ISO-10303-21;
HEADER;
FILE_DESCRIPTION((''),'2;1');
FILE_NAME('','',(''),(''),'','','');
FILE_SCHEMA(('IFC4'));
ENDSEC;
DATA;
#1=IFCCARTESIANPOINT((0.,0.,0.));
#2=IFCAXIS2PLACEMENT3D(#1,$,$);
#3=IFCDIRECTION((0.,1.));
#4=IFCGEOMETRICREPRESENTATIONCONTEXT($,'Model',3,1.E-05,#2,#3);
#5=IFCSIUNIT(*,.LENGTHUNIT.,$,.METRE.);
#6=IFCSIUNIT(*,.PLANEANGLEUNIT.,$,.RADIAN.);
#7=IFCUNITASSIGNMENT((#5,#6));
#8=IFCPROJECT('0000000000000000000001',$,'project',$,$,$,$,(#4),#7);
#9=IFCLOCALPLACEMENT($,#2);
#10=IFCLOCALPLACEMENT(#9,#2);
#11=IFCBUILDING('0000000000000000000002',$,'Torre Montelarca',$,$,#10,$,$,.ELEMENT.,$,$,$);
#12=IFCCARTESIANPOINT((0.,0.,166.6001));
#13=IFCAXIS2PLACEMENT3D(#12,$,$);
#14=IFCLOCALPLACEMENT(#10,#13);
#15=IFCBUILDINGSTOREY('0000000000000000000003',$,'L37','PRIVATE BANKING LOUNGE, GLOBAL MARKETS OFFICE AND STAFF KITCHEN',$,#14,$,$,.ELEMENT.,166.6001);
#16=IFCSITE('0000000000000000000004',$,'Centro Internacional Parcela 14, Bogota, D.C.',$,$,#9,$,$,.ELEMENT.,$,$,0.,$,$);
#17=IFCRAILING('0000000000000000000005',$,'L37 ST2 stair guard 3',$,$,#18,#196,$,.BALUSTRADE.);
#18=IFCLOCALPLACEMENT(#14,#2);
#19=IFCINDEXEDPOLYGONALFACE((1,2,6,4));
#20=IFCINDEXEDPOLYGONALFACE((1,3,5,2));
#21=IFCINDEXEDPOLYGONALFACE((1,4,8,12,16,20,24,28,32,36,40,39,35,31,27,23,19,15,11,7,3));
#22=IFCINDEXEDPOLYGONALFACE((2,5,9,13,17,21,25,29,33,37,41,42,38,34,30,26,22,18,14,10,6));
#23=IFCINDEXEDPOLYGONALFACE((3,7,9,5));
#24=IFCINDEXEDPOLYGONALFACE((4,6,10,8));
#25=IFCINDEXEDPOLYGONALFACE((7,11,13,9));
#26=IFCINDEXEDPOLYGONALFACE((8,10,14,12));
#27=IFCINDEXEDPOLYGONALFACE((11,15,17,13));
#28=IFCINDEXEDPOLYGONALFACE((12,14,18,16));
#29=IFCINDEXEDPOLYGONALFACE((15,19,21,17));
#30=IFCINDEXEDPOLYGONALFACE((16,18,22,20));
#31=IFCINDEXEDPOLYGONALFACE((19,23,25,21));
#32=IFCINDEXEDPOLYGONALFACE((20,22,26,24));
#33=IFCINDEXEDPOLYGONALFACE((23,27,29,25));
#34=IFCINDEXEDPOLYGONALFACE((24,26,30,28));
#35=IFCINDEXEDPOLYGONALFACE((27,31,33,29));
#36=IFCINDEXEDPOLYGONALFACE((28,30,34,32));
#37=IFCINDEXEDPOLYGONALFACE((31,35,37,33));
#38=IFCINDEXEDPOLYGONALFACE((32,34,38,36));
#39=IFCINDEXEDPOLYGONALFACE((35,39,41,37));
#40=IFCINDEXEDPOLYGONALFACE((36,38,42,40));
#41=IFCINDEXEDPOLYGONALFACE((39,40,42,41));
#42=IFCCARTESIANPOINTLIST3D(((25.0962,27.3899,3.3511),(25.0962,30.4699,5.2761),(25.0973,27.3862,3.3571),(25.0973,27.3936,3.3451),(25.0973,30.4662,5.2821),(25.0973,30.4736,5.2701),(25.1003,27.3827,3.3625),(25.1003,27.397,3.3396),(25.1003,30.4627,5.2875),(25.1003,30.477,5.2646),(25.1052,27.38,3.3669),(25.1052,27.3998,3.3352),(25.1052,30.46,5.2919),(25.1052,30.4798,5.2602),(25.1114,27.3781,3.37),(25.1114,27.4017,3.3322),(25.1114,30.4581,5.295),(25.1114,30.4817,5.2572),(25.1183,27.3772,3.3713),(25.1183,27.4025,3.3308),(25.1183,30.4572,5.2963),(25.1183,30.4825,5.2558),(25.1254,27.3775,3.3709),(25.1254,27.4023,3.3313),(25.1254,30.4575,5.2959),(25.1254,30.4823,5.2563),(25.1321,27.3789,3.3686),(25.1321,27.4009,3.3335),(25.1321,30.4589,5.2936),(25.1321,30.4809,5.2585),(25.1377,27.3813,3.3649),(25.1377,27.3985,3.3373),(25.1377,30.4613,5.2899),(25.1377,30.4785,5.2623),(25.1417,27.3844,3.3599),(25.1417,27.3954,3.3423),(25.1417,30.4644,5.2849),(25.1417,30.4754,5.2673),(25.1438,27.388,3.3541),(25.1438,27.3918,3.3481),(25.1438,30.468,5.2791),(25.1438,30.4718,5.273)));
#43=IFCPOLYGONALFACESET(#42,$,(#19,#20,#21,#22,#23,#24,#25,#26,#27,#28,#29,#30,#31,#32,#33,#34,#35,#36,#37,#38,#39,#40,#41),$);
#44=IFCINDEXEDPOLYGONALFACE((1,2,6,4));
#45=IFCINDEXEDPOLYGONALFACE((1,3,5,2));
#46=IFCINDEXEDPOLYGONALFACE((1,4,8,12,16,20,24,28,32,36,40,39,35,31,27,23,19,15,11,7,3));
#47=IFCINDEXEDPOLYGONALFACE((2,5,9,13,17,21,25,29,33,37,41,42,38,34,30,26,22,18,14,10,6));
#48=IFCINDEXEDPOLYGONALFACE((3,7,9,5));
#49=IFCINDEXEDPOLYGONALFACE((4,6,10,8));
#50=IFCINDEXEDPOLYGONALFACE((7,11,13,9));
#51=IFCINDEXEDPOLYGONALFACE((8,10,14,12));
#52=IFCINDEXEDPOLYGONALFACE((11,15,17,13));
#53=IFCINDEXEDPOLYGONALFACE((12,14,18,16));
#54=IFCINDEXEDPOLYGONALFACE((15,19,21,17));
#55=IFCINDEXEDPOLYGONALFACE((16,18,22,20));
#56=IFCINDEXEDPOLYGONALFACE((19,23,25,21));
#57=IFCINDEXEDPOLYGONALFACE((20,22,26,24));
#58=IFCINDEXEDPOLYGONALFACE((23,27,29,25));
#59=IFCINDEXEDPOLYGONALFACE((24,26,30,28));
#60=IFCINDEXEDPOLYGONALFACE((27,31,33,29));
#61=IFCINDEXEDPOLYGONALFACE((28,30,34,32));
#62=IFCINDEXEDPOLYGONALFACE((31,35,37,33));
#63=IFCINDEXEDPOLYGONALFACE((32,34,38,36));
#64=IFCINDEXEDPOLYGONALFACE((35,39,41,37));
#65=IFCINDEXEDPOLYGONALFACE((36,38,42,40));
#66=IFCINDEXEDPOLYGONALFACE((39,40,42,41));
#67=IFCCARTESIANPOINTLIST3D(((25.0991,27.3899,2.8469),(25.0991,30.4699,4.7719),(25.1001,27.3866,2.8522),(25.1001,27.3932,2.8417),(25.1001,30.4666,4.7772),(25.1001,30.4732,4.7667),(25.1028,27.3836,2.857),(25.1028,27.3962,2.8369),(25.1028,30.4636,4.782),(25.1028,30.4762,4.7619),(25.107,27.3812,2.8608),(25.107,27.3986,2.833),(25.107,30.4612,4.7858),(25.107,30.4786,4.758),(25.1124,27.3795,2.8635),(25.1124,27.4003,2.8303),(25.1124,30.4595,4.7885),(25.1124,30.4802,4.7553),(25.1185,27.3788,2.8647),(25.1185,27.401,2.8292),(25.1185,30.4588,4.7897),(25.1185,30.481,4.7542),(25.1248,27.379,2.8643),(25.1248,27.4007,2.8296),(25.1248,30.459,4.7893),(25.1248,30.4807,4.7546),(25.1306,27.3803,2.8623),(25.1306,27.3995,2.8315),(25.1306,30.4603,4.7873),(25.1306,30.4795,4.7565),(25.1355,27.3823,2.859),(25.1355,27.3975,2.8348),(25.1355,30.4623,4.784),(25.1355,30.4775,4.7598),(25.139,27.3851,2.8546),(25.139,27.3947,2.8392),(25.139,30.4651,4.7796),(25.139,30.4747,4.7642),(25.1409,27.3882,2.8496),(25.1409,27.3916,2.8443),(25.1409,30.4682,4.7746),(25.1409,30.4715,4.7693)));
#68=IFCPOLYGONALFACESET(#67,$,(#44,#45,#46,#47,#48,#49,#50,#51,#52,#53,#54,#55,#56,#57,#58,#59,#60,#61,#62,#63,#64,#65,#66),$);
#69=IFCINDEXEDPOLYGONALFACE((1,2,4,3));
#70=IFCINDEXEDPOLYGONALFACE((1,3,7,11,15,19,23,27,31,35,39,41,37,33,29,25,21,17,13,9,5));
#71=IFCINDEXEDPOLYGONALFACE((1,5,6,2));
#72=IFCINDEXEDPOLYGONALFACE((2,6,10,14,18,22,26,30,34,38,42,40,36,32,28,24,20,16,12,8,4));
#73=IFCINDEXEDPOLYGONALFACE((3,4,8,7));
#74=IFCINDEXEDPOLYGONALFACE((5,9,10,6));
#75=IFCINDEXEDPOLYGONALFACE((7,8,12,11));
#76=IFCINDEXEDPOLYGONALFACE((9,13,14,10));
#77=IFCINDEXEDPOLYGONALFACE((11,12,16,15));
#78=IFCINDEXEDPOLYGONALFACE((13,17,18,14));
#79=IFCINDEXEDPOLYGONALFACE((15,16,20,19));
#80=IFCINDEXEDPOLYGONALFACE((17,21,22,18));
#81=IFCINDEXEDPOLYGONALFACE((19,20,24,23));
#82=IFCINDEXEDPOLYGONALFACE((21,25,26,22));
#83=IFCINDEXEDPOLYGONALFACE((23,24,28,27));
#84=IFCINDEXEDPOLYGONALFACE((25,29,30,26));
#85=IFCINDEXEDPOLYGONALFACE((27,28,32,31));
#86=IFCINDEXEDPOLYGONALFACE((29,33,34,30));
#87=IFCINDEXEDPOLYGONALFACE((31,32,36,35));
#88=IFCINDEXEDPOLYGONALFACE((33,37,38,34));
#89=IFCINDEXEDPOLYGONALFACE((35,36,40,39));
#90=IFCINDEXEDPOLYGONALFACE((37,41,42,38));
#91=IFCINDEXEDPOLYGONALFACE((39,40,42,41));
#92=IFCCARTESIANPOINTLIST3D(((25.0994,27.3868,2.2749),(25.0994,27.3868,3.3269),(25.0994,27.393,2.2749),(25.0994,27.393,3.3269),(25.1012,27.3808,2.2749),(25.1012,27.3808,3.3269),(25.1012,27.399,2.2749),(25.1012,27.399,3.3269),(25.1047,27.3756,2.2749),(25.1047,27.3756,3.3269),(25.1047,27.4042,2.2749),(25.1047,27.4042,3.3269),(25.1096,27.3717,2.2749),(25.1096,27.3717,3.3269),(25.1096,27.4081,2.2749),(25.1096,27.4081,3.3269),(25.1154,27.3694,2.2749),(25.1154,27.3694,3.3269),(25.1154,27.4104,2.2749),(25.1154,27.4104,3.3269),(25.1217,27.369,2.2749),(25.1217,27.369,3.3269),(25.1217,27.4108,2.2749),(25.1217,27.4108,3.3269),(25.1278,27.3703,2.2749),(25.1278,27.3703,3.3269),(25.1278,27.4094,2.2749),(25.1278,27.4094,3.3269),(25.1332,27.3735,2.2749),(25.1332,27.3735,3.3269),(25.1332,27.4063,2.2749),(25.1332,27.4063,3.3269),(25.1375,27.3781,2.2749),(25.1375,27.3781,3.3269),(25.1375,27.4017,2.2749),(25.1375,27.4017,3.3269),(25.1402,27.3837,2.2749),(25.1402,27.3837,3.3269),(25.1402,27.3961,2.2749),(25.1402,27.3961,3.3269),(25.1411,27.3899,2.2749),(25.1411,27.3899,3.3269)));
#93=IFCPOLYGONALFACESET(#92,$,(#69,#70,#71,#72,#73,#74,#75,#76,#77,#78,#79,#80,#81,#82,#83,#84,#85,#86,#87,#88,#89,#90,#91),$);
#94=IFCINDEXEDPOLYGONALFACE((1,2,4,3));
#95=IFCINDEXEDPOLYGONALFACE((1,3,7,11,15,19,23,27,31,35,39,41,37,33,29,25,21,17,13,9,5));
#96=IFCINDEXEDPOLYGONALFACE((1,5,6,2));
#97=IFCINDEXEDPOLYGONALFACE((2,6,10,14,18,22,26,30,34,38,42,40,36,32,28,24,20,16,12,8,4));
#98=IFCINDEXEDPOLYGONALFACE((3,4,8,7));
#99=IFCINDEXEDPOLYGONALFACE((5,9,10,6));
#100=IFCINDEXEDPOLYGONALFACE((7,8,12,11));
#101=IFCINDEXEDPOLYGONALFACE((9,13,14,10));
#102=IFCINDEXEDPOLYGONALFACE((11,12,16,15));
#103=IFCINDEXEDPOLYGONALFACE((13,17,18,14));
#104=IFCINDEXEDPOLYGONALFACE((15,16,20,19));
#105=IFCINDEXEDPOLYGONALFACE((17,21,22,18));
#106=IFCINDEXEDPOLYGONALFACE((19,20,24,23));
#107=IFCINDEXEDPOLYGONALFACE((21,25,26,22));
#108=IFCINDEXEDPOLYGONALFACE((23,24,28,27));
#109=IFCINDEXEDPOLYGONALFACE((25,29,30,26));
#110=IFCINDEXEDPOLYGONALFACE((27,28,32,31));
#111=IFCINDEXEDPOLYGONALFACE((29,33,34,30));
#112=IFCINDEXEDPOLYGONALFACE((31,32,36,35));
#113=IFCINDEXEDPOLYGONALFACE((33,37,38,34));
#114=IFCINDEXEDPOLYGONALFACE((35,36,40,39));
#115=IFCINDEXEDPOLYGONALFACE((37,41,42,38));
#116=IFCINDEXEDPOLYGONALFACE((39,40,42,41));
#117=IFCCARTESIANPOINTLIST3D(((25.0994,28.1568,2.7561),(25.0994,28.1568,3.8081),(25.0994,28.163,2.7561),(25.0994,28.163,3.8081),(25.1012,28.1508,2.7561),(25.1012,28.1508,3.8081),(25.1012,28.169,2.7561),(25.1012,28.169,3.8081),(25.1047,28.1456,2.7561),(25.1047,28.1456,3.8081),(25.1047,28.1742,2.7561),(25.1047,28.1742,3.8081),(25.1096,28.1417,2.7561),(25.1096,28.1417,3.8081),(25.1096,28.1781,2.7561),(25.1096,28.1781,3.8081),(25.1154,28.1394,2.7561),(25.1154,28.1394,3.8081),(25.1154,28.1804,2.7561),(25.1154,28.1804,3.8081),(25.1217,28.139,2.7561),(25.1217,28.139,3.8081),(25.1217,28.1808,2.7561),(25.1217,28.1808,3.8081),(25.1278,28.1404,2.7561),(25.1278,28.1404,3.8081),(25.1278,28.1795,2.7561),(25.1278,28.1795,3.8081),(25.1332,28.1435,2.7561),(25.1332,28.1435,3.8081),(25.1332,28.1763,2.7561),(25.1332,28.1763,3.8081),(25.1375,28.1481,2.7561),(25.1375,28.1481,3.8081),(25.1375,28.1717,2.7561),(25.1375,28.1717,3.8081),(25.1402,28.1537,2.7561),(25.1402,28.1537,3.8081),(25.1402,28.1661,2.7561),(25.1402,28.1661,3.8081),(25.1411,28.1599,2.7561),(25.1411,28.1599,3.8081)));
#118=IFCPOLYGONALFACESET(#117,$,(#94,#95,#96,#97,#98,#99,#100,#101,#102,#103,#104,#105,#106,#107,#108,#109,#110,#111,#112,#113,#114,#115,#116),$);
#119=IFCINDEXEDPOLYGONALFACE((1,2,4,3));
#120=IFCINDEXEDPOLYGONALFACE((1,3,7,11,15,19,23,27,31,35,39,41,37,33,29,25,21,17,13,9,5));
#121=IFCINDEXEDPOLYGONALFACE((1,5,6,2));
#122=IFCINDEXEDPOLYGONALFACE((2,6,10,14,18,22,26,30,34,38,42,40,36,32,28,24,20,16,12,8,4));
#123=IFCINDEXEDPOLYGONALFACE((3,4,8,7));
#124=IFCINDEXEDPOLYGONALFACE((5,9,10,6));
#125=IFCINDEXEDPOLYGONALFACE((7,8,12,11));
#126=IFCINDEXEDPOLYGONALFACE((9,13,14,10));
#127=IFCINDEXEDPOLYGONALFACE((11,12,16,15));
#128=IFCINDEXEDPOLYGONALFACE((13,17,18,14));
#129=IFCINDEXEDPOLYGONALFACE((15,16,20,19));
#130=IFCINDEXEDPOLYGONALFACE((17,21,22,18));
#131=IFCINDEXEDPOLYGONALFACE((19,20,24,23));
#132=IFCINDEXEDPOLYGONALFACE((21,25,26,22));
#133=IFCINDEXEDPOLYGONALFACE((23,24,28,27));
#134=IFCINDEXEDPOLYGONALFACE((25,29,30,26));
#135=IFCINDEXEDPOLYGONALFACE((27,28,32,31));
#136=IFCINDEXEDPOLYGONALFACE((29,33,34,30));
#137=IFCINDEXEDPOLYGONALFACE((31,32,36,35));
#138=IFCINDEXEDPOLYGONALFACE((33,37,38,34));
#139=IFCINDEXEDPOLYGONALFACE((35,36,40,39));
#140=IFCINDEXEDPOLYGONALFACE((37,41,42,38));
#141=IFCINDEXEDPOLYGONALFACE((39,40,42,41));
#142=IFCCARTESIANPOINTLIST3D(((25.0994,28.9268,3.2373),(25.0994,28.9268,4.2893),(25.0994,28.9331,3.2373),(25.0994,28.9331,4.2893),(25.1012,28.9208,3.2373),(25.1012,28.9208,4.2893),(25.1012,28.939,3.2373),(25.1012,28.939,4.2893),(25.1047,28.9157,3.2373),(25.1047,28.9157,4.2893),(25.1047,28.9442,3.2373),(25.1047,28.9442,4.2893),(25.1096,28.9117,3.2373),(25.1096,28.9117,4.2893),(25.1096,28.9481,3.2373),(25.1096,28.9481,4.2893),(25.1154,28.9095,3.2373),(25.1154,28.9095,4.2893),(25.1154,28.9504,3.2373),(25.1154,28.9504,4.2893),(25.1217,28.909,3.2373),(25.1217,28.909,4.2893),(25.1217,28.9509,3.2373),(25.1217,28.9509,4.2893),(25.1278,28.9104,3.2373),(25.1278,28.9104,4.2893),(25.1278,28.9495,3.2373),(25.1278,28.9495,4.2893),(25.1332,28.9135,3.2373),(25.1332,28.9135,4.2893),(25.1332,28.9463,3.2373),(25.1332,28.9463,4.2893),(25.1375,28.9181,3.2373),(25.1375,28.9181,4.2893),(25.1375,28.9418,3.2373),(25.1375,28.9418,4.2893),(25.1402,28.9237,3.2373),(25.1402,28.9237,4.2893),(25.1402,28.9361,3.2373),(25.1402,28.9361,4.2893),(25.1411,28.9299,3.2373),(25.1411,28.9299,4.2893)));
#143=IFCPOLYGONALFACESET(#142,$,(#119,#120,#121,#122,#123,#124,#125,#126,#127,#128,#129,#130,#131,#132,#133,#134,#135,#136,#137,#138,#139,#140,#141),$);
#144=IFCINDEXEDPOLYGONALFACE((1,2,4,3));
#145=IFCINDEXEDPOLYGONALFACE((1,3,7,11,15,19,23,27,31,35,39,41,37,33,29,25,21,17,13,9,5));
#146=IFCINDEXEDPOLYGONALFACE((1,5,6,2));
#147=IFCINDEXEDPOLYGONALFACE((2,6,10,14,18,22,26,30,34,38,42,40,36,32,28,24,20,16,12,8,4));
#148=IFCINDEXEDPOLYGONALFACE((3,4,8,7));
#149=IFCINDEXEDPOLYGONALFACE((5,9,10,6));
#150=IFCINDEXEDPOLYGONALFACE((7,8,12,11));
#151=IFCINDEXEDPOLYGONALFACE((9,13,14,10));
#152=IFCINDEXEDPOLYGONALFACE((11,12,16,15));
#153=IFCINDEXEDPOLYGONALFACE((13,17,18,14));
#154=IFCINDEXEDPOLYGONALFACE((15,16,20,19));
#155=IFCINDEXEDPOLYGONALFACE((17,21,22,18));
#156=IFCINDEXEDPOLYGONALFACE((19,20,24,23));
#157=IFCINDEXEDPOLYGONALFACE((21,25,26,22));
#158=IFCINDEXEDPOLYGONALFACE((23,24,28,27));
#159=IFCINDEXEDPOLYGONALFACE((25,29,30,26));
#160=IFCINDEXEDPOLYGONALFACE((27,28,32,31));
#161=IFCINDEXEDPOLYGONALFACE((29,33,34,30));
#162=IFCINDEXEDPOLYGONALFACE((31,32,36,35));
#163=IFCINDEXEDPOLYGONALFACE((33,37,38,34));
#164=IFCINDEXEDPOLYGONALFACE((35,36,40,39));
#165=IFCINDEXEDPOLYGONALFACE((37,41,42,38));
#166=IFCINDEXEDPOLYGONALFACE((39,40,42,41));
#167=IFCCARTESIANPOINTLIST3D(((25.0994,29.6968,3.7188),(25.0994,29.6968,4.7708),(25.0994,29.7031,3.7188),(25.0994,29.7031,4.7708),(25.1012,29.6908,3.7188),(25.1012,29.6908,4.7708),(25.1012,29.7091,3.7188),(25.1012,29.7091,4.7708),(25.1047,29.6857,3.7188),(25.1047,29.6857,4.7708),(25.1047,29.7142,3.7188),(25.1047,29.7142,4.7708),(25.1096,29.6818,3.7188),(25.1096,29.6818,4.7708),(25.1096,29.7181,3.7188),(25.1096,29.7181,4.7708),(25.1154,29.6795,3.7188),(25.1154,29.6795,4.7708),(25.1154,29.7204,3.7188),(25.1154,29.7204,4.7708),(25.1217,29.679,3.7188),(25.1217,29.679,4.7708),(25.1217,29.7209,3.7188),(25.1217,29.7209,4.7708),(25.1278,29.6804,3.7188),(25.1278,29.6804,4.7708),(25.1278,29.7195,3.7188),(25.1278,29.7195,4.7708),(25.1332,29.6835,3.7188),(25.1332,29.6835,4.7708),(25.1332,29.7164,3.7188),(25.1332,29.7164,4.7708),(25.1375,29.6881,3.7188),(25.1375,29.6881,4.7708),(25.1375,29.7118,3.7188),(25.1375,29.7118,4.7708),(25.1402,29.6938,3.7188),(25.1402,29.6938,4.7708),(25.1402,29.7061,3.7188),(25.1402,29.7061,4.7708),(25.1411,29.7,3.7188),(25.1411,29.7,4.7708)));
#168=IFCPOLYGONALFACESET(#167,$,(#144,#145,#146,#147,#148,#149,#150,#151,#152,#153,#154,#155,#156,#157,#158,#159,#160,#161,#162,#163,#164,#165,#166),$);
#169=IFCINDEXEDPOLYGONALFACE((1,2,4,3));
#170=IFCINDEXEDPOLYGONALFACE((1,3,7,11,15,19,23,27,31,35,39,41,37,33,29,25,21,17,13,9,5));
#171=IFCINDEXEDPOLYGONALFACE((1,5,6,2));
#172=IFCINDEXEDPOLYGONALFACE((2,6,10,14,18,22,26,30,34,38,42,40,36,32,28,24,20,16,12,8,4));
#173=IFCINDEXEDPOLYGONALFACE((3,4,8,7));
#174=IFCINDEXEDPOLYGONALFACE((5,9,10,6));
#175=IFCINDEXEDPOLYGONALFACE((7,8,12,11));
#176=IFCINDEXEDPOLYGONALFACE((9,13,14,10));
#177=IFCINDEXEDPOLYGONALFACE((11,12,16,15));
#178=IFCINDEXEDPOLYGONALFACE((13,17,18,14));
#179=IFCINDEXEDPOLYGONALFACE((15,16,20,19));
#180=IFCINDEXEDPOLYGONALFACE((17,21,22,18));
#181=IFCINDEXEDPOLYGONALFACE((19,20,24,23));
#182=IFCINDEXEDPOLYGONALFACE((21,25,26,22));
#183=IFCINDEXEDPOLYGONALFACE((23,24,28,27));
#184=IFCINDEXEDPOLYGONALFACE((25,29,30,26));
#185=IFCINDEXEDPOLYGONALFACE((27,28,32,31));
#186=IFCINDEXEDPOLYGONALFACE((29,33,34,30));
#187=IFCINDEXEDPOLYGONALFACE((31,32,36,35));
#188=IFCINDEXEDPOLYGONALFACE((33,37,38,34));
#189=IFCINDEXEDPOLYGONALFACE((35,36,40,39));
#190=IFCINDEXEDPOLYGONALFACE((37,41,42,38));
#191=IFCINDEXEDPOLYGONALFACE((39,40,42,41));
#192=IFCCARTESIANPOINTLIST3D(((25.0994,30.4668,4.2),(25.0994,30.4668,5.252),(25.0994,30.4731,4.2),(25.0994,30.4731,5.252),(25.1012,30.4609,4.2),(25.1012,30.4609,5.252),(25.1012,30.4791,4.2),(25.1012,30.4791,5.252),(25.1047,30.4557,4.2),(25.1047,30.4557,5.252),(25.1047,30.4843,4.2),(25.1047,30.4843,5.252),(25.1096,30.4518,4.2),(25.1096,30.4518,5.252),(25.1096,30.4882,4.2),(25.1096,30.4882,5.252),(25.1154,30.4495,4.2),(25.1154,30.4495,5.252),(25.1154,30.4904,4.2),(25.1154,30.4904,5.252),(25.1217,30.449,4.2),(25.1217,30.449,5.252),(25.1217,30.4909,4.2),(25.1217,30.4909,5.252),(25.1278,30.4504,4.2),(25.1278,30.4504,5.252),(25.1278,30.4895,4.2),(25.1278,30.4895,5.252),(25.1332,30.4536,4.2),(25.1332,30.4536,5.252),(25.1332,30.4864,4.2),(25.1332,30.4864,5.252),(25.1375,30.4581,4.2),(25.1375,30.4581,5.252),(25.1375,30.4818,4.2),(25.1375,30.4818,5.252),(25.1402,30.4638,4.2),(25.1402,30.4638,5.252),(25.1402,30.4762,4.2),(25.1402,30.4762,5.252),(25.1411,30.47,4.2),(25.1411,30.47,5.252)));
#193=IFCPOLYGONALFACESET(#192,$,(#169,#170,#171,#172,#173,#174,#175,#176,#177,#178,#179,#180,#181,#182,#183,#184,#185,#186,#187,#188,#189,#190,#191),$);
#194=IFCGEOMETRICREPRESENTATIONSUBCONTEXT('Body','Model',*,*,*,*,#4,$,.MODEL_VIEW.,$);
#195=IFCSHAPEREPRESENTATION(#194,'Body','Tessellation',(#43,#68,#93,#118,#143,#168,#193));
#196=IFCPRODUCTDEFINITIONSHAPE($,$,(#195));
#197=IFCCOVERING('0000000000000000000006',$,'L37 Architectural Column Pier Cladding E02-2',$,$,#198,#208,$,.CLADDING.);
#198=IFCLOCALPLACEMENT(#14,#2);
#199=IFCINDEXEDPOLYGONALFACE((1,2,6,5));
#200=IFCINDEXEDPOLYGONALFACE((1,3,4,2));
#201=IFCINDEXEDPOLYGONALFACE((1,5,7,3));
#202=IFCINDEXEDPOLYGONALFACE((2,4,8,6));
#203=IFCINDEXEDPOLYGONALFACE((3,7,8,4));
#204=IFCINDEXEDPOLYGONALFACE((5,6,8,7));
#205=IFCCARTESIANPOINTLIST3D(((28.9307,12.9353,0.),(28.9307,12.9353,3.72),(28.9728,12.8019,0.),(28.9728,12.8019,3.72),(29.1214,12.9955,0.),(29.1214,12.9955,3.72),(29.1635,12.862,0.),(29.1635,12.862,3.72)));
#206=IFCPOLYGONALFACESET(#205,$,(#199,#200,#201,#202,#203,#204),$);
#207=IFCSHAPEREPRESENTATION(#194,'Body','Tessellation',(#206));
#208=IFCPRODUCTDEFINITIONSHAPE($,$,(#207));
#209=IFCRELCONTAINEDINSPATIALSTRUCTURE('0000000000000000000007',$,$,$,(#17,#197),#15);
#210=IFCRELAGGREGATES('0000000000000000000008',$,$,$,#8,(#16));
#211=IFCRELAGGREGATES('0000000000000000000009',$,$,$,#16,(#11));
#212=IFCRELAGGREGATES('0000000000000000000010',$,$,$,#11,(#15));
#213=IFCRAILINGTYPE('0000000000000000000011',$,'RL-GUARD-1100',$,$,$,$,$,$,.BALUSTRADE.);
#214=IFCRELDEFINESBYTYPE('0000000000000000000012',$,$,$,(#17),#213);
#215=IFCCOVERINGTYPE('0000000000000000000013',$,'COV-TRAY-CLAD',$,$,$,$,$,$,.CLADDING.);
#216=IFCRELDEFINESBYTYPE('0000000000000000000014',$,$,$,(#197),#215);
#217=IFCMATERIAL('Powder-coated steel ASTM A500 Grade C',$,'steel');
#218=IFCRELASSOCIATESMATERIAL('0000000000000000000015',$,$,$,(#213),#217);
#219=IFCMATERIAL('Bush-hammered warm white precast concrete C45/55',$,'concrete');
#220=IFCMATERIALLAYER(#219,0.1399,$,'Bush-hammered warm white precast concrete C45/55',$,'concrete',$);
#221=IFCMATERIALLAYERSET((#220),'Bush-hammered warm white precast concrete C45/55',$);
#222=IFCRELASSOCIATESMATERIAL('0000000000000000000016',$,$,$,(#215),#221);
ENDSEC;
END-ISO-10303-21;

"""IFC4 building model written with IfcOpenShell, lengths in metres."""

from ifc_helpers import new_model, si_unit, direction, frame, origin, origin_2d, place, context, subcontext, project, spatial, rectangle, circle, extrude, source, transform, mapped, material, layer, layer_set, type_object, element, save


model = new_model("IFC4")

# Units and contexts
model_context = context("Model", 3, precision=1e-05, world=origin(), true_north=direction((0.0, 1.0)))
body_context = subcontext(model_context, "Body", "Model", "MODEL_VIEW")
ifc_project = project(units=[si_unit("LENGTHUNIT", "METRE"), si_unit("PLANEANGLEUNIT", "RADIAN")], contexts=[model_context])

# Site, building, storey
site_placement = place(None, origin())
site = spatial("IfcSite", under=ifc_project, at=site_placement, Name="Centro Internacional Parcela 14, Bogota, D.C.", CompositionType="ELEMENT", RefElevation=0.0)
building_placement = place(site_placement, origin())
building = spatial("IfcBuilding", under=site, at=building_placement, Name="Torre Montelarca", CompositionType="ELEMENT")
storey_placement = place(building_placement, frame((0.0, 0.0, 166.6001)))
storey = spatial("IfcBuildingStorey", under=building, at=storey_placement, Name="L37", Description="PRIVATE BANKING LOUNGE, GLOBAL MARKETS OFFICE AND STAFF KITCHEN", CompositionType="ELEMENT", Elevation=166.6001)

# Railing
ifc_material_1 = material(Name="Powder-coated steel ASTM A500 Grade C", Category="steel")
railing_type = type_object("IfcRailingType", Name="RL-GUARD-1100", PredefinedType="BALUSTRADE", material=ifc_material_1)
railing_1_placement = place(storey_placement, frame((25.1201, 27.3899, 2.2749)))
element("IfcRailing", 1, at=railing_1_placement, inside=storey, type_object=railing_type, Name="L37 ST2 stair guard 3", PredefinedType="BALUSTRADE", context=body_context, shape_type="SweptSolid", body=[
    extrude(circle(Radius=0.0239, at=origin_2d()), frame((0.0, 0.0, 1.0762), z_axis=(0.0, 0.847998, 0.529999), x_axis=(-1.0, 0.0, 0.0)), (0.0, 0.0, 1.0), 3.6321),
    extrude(circle(Radius=0.021, at=origin_2d()), frame((0.0, 0.0, 0.572), z_axis=(0.0, 0.847998, 0.529999), x_axis=(-1.0, 0.0, 0.0)), (0.0, 0.0, 1.0), 3.6321),
    extrude(circle(Radius=0.021, at=origin_2d()), origin(), (0.0, 0.0, 1.0), 1.052),
    extrude(circle(Radius=0.021, at=origin_2d()), frame((0.0, 0.77, 0.4812)), (0.0, 0.0, 1.0), 1.052),
    extrude(circle(Radius=0.021, at=origin_2d()), frame((0.0, 1.54, 0.9624)), (0.0, 0.0, 1.0), 1.052),
    extrude(circle(Radius=0.021, at=origin_2d()), frame((0.0, 2.3101, 1.4438)), (0.0, 0.0, 1.0), 1.052),
    extrude(circle(Radius=0.021, at=origin_2d()), frame((0.0, 3.0801, 1.925)), (0.0, 0.0, 1.0), 1.052),
])

# Covering
ifc_material_2 = material(Name="Bush-hammered warm white precast concrete C45/55", Category="concrete")
ifc_layer_1 = layer(ifc_material_2, 0.1399, Name="Bush-hammered warm white precast concrete C45/55", Category="concrete")
ifc_layer_set_1 = layer_set([ifc_layer_1], Name="Bush-hammered warm white precast concrete C45/55")
covering_type = type_object("IfcCoveringType", Name="COV-TRAY-CLAD", PredefinedType="CLADDING", material=ifc_layer_set_1)
shared_shape_1 = source(origin(), body_context, "Body", "SweptSolid", [
    extrude(rectangle(XDim=0.2, YDim=0.1399, at=origin_2d()), origin(), (0.0, 0.0, 1.0), 3.72),
])
for number, where, z_axis, x_axis, name in (
    (2, (29.0471, 12.8987, 0.0), (0.0, 0.0, 1.0), (0.953716, 0.300709, 0.0), "L37 Architectural Column Pier Cladding E02-2"),
):
    element("IfcCovering", number, at=place(storey_placement, frame(where, z_axis=z_axis, x_axis=x_axis)), inside=storey, type_object=covering_type, Name=name, PredefinedType="CLADDING", context=body_context, shape_type="MappedRepresentation", body=[
        mapped(shared_shape_1, transform((0.0, 0.0, 0.0), scale=1.0)),
    ])

save(model, "model.ifc")
